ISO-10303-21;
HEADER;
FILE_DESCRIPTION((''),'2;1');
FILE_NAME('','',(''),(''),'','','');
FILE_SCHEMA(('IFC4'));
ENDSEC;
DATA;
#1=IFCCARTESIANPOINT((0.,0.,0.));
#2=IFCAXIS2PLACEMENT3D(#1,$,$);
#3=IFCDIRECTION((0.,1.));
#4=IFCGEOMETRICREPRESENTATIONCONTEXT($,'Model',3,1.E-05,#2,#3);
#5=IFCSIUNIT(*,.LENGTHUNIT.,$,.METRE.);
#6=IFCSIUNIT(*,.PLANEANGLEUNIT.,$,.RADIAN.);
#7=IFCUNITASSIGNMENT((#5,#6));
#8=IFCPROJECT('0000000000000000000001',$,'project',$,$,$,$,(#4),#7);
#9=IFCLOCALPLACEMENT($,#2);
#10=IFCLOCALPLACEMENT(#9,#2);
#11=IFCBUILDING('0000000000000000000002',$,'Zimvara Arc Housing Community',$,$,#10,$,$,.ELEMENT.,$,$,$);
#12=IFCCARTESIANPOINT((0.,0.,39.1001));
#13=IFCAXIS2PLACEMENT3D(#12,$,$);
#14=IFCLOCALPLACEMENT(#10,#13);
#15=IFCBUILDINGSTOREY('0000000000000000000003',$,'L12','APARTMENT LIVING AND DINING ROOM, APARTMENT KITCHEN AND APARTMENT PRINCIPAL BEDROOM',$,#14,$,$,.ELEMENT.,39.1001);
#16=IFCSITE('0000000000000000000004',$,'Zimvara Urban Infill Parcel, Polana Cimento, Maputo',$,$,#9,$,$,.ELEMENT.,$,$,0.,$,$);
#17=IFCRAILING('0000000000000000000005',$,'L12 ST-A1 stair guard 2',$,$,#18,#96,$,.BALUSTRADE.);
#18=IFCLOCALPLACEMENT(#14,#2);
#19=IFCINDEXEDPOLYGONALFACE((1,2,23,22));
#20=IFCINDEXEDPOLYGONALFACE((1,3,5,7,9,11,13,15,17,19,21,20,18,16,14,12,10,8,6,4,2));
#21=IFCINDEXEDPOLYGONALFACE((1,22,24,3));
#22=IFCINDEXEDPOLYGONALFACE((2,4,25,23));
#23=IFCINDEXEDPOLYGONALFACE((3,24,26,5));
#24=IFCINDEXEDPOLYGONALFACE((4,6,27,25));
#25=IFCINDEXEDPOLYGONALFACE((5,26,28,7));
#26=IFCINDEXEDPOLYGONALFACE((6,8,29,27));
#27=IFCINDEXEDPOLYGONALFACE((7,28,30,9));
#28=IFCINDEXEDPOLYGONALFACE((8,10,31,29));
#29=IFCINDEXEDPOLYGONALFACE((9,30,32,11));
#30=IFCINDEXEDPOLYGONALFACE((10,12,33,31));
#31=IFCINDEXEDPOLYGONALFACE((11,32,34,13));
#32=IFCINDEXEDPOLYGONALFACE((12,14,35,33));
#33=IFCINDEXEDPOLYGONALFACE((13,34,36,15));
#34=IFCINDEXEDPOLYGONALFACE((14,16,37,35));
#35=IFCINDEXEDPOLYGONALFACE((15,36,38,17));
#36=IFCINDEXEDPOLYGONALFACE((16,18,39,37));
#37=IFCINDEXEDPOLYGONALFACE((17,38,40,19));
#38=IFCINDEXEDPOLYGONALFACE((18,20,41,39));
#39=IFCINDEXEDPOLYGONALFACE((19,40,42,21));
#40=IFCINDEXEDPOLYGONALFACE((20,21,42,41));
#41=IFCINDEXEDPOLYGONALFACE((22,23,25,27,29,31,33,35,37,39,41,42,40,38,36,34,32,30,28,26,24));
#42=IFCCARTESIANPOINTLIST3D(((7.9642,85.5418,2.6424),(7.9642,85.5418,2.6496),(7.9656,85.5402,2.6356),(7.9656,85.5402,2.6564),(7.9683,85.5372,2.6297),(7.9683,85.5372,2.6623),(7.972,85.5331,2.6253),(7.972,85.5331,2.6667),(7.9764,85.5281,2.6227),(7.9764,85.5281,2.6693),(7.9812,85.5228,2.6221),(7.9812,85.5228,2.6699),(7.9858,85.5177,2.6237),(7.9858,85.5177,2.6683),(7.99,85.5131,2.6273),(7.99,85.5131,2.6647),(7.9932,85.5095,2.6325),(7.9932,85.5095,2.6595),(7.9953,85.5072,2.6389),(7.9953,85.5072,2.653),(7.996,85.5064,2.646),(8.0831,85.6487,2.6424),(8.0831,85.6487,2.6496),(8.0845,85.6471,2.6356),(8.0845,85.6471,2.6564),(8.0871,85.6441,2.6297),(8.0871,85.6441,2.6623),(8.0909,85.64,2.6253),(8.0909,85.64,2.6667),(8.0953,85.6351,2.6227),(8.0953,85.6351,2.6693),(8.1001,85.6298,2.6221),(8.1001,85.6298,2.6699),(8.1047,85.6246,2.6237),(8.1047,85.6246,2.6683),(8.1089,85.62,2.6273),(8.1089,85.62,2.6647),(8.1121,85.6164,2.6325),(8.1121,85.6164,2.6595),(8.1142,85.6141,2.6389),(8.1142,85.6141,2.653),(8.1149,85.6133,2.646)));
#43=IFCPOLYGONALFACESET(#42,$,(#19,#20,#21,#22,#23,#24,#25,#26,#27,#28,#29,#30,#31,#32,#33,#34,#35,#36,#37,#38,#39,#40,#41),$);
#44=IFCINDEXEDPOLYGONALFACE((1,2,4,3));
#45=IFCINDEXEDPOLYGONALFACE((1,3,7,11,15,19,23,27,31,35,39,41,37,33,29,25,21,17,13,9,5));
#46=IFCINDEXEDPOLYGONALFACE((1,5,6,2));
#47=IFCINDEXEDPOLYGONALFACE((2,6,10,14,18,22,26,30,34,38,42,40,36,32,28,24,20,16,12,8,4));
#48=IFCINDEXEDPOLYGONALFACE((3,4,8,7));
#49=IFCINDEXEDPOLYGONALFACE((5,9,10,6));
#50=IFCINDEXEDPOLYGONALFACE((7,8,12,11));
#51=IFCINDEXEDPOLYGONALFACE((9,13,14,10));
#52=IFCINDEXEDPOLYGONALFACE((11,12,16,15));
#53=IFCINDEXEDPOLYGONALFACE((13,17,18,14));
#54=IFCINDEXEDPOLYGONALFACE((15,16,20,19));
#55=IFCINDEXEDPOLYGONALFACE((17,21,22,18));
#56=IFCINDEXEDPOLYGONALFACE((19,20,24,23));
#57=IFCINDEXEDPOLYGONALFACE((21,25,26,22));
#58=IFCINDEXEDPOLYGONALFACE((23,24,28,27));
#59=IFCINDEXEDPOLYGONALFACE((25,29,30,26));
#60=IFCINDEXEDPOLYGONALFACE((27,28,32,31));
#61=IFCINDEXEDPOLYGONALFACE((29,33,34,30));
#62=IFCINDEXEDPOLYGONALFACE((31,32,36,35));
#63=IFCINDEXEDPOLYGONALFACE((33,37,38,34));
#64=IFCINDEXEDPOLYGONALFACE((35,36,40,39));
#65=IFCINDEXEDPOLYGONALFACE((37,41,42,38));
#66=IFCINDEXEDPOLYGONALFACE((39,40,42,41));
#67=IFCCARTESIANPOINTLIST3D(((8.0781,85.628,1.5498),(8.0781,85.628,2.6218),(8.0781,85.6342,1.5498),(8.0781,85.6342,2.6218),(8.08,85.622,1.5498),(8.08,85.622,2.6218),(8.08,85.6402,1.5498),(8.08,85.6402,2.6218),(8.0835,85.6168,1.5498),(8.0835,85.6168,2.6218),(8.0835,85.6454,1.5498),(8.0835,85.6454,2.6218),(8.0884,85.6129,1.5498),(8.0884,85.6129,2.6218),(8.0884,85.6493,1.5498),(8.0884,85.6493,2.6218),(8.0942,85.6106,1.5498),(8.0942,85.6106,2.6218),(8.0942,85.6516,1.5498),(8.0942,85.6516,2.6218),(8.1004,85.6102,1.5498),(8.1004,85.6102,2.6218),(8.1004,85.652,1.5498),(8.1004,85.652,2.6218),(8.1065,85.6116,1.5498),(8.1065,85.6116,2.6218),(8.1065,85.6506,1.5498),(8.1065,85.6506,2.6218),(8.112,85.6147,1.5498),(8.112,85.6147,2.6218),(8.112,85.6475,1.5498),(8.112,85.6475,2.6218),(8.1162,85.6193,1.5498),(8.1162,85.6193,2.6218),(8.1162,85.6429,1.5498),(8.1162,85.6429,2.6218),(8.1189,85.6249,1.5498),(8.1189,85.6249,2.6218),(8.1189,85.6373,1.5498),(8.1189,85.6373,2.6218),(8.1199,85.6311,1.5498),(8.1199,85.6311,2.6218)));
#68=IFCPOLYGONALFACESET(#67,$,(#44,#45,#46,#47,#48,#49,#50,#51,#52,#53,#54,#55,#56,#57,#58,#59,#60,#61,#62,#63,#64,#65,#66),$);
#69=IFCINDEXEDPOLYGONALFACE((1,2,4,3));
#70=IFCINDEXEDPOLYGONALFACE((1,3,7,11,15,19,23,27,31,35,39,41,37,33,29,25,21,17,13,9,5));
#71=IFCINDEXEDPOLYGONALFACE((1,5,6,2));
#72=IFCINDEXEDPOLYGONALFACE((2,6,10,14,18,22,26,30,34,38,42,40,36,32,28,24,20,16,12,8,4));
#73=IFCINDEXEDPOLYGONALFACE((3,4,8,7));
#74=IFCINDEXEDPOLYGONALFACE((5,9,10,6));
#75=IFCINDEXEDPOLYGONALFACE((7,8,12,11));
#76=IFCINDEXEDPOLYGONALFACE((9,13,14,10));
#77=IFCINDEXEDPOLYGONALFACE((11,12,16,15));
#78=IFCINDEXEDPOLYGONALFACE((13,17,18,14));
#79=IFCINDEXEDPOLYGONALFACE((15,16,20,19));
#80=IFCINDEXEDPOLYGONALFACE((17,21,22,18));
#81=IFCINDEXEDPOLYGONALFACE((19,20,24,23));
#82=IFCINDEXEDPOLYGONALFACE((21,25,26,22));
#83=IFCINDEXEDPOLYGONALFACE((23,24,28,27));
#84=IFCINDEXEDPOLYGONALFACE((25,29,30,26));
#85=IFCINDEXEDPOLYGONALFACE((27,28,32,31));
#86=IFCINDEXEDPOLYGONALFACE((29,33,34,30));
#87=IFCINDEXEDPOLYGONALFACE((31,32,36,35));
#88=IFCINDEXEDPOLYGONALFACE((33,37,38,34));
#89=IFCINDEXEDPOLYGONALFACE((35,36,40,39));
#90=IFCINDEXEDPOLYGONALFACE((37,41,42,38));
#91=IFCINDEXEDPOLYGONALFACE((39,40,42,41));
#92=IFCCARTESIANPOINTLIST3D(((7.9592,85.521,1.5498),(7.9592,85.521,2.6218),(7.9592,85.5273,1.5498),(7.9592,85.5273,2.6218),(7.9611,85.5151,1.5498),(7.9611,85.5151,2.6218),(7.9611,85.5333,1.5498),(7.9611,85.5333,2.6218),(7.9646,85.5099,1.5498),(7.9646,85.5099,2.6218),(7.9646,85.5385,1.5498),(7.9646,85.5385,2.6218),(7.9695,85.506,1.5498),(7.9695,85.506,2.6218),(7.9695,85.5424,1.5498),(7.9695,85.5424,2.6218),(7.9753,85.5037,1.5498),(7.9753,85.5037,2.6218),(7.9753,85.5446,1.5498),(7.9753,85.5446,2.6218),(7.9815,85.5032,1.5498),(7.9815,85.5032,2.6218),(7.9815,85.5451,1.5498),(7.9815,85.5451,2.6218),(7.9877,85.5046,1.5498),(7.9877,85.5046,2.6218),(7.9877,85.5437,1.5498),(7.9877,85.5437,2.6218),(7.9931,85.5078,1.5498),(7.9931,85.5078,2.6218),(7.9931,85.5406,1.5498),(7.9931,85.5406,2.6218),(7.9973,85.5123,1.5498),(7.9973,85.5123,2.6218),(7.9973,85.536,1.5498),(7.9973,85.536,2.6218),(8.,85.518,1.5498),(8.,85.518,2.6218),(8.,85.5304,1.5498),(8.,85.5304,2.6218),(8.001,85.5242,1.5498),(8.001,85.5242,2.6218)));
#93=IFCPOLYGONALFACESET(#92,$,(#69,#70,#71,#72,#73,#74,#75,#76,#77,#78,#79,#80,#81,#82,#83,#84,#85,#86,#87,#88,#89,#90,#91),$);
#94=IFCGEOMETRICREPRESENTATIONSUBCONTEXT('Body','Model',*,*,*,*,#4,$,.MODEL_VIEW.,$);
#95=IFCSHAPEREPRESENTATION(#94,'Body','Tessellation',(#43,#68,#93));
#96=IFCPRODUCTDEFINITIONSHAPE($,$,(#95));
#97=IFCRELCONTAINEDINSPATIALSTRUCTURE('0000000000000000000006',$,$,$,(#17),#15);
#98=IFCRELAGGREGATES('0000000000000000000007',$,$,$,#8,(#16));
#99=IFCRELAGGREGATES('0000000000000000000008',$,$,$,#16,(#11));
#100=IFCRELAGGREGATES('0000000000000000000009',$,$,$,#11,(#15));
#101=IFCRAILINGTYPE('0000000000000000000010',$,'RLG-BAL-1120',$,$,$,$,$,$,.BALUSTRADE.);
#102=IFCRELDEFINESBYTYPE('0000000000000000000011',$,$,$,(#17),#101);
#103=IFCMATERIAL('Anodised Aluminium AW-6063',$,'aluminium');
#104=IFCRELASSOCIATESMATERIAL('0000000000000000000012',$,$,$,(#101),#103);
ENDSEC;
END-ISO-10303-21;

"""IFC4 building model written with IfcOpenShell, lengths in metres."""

from ifc_helpers import new_model, si_unit, direction, frame, origin, origin_2d, place, context, subcontext, project, spatial, circle, extrude, material, type_object, element, save


model = new_model("IFC4")

# Units and contexts
model_context = context("Model", 3, precision=1e-05, world=origin(), true_north=direction((0.0, 1.0)))
body_context = subcontext(model_context, "Body", "Model", "MODEL_VIEW")
ifc_project = project(units=[si_unit("LENGTHUNIT", "METRE"), si_unit("PLANEANGLEUNIT", "RADIAN")], contexts=[model_context])

# Site, building, storey
site_placement = place(None, origin())
site = spatial("IfcSite", under=ifc_project, at=site_placement, Name="Zimvara Urban Infill Parcel, Polana Cimento, Maputo", CompositionType="ELEMENT", RefElevation=0.0)
building_placement = place(site_placement, origin())
building = spatial("IfcBuilding", under=site, at=building_placement, Name="Zimvara Arc Housing Community", CompositionType="ELEMENT")
storey_placement = place(building_placement, frame((0.0, 0.0, 39.1001)))
storey = spatial("IfcBuildingStorey", under=building, at=storey_placement, Name="L12", Description="APARTMENT LIVING AND DINING ROOM, APARTMENT KITCHEN AND APARTMENT PRINCIPAL BEDROOM", CompositionType="ELEMENT", Elevation=39.1001)

# Railing
ifc_material_1 = material(Name="Anodised Aluminium AW-6063", Category="aluminium")
railing_type_1 = type_object("IfcRailingType", Name="RLG-BAL-1120", PredefinedType="BALUSTRADE", material=ifc_material_1)
railing_1_placement = place(storey_placement, frame((8.0989, 85.6311, 1.5498)))
element("IfcRailing", 1, at=railing_1_placement, inside=storey, type_object=railing_type_1, Name="L12 ST-A1 stair guard 2", PredefinedType="BALUSTRADE", context=body_context, shape_type="SweptSolid", body=[
    extrude(circle(Radius=0.0239, at=origin_2d()), frame((0.0, 0.0, 1.0962), z_axis=(-0.743522, -0.668712, 0.0), x_axis=(0.668712, -0.743522, 0.0)), (0.0, 0.0, 1.0), 0.1599),
    extrude(circle(Radius=0.021, at=origin_2d()), origin(), (0.0, 0.0, 1.0), 1.072),
    extrude(circle(Radius=0.021, at=origin_2d()), frame((-0.1189, -0.1069, 0.0)), (0.0, 0.0, 1.0), 1.072),
])

save(model, "model.ifc")
